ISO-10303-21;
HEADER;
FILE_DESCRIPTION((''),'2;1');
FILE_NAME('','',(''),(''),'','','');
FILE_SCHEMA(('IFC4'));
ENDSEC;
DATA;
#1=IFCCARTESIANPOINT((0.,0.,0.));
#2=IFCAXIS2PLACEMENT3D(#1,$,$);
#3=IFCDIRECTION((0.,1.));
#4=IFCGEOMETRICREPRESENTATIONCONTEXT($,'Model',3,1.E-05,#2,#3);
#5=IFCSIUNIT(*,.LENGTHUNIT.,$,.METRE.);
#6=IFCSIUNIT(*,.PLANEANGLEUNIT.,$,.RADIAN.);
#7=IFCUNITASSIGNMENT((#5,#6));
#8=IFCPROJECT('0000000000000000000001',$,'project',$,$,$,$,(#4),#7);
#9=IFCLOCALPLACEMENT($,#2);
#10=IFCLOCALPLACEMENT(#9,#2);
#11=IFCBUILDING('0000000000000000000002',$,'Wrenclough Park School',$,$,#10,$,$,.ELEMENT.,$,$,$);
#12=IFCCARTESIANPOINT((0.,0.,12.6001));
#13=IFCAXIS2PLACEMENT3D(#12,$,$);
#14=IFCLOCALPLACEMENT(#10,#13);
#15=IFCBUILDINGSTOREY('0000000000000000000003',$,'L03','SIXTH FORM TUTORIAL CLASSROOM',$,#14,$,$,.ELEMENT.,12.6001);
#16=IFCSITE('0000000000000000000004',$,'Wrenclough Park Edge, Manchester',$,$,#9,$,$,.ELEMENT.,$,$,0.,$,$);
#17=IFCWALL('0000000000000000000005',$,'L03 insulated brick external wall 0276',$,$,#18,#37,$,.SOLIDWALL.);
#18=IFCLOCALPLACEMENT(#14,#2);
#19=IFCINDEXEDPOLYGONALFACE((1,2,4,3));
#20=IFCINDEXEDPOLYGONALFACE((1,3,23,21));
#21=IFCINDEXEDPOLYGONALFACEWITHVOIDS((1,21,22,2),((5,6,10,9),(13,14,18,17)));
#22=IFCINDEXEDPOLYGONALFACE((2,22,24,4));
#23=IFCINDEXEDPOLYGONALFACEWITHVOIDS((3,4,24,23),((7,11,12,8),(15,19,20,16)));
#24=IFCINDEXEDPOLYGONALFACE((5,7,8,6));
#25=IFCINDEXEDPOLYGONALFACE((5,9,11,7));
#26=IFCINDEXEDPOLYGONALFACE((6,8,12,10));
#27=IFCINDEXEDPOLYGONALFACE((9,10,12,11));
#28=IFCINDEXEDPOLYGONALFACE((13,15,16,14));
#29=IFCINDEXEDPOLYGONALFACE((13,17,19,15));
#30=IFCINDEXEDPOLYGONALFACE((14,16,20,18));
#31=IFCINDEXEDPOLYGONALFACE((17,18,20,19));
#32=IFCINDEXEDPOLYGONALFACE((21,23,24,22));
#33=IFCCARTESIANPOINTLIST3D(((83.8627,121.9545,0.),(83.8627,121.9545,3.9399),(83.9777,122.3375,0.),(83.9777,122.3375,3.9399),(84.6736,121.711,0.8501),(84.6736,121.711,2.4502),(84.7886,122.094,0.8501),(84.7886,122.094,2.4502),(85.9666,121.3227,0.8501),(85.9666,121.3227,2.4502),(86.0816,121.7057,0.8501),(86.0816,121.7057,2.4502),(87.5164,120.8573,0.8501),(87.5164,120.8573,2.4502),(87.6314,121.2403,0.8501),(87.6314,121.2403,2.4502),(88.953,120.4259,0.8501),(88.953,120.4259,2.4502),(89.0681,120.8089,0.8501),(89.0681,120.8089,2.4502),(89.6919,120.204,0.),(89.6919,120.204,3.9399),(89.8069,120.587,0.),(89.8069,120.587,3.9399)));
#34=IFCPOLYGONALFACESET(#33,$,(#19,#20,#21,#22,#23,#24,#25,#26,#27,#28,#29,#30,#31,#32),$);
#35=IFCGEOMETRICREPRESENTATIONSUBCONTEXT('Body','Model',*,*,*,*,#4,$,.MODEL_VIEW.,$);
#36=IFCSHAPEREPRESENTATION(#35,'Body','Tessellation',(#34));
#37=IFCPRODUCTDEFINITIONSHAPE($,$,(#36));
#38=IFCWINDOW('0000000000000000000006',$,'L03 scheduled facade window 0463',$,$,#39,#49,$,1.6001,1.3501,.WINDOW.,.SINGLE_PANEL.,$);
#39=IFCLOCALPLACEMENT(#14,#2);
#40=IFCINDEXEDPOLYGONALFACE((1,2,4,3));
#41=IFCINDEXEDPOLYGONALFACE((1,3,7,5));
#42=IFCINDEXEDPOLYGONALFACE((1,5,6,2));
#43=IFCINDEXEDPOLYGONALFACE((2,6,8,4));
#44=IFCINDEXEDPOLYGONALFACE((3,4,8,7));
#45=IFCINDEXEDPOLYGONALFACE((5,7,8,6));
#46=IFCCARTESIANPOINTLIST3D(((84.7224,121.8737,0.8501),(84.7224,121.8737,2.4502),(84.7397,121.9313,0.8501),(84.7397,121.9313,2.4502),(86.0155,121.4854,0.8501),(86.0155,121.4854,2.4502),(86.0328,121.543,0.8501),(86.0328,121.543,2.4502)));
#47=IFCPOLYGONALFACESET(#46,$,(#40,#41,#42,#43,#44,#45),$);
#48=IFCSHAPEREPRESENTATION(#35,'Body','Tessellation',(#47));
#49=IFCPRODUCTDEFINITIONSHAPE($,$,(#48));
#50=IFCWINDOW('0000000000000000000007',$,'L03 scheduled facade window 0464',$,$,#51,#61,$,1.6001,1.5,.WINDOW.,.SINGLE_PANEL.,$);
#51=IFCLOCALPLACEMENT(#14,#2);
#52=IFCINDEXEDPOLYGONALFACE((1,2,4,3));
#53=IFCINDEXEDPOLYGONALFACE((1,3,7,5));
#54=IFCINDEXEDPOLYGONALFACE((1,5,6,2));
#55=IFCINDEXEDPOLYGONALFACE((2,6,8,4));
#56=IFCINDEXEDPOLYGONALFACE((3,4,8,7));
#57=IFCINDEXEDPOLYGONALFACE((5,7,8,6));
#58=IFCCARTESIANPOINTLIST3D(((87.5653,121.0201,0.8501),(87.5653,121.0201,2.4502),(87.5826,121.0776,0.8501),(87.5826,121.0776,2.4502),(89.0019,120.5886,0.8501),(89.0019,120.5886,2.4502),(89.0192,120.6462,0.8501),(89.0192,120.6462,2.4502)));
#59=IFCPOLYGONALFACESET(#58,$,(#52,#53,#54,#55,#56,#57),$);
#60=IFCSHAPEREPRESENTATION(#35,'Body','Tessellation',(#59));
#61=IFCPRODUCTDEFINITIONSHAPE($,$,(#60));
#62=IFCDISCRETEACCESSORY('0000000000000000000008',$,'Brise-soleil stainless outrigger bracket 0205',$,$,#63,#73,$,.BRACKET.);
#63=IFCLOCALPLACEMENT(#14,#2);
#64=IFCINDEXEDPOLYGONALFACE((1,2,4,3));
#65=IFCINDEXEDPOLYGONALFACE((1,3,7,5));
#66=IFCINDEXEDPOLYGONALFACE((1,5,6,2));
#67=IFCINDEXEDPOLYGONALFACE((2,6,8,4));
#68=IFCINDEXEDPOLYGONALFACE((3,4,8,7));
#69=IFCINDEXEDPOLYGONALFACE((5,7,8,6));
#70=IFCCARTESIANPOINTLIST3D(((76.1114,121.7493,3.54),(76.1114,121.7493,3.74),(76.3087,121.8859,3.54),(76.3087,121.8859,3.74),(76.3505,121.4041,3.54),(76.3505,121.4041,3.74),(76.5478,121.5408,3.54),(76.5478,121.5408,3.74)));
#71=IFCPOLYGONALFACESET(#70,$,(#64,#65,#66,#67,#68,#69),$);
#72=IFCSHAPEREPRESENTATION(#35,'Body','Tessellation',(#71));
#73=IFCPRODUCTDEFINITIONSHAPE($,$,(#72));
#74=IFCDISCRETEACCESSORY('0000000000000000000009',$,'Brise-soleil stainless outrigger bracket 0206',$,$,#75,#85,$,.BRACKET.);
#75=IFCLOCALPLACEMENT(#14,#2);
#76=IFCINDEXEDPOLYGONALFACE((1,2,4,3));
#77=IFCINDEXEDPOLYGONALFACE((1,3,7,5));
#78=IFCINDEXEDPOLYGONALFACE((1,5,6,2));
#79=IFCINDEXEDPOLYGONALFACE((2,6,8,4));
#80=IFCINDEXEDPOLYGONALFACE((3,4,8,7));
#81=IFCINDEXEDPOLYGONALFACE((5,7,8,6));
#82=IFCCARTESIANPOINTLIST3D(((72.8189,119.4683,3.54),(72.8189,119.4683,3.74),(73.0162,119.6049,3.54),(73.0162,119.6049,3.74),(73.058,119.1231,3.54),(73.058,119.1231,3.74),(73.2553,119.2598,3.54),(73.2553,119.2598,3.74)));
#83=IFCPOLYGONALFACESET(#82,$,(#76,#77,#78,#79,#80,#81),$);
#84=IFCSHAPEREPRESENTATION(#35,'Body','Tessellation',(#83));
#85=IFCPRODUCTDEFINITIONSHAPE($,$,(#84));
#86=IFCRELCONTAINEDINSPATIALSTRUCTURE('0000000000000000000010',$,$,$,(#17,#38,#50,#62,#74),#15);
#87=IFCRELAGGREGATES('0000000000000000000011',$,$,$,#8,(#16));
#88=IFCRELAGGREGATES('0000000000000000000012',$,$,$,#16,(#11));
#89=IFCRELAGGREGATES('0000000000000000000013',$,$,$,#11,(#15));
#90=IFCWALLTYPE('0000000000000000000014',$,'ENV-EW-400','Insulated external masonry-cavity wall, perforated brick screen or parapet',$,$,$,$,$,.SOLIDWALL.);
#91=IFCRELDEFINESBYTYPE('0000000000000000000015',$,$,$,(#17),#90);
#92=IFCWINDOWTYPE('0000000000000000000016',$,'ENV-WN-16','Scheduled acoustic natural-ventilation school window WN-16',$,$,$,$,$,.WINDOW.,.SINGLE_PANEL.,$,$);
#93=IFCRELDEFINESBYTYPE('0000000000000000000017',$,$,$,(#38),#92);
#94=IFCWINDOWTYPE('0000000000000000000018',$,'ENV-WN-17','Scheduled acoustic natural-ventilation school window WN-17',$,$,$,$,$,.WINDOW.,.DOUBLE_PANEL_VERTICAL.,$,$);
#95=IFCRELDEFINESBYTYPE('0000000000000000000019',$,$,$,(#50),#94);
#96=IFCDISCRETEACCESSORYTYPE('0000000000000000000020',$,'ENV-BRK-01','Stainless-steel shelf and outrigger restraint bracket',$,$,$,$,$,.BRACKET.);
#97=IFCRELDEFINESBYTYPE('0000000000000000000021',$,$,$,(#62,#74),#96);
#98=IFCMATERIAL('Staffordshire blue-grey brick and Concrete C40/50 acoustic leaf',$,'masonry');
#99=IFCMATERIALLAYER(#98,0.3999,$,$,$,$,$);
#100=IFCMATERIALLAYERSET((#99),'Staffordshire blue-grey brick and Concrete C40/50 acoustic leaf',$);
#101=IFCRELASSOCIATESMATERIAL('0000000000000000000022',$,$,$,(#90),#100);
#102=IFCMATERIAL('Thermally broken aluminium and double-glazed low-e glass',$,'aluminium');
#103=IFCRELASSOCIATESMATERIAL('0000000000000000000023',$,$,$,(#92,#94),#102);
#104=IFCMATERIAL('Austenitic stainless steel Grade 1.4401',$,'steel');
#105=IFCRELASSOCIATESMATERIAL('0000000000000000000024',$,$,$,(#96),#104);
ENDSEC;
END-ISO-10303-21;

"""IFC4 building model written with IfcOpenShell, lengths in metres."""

from ifc_helpers import new_model, si_unit, direction, frame, frame_2d, origin, origin_2d, place, context, subcontext, project, spatial, rectangle, extrude, material, layer, layer_set, type_object, element, fill, save


model = new_model("IFC4")

# Units and contexts
model_context = context("Model", 3, precision=1e-05, world=origin(), true_north=direction((0.0, 1.0)))
body_context = subcontext(model_context, "Body", "Model", "MODEL_VIEW")
ifc_project = project(units=[si_unit("LENGTHUNIT", "METRE"), si_unit("PLANEANGLEUNIT", "RADIAN")], contexts=[model_context])

# Site, building, storey
site_placement = place(None, origin())
site = spatial("IfcSite", under=ifc_project, at=site_placement, Name="Wrenclough Park Edge, Manchester", CompositionType="ELEMENT", RefElevation=0.0)
building_placement = place(site_placement, origin())
building = spatial("IfcBuilding", under=site, at=building_placement, Name="Wrenclough Park School", CompositionType="ELEMENT")
storey_placement = place(building_placement, frame((0.0, 0.0, 12.6001)))
storey = spatial("IfcBuildingStorey", under=building, at=storey_placement, Name="L03", Description="SIXTH FORM TUTORIAL CLASSROOM", CompositionType="ELEMENT", Elevation=12.6001)

# Wall, openings, windows
ifc_material_1 = material(Name="Thermally broken aluminium and double-glazed low-e glass", Category="aluminium")
ifc_material_2 = material(Name="Staffordshire blue-grey brick and Concrete C40/50 acoustic leaf", Category="masonry")
ifc_layer_1 = layer(ifc_material_2, 0.3999)
ifc_layer_set_1 = layer_set([ifc_layer_1], Name="Staffordshire blue-grey brick and Concrete C40/50 acoustic leaf")
wall_type_1 = type_object("IfcWallType", Name="ENV-EW-400", Description="Insulated external masonry-cavity wall, perforated brick screen or parapet", PredefinedType="SOLIDWALL", material=ifc_layer_set_1)
wall_1_placement = place(storey_placement, frame((83.9202, 122.146, 0.0), z_axis=(0.0, 0.0, 1.0), x_axis=(0.95775, -0.287602, 0.0)))
wall_1 = element("IfcWall", 1, at=wall_1_placement, inside=storey, type_object=wall_type_1, Name="L03 insulated brick external wall 0276", PredefinedType="SOLIDWALL", context=body_context, shape_type="SweptSolid", body=[
    extrude(rectangle(XDim=6.0864, YDim=0.3999, at=frame_2d((3.0432, 0.0))), origin(), (0.0, 0.0, 1.0), 3.9399),
])
opening_1_placement = place(wall_1_placement, frame((0.8467, 0.0, 0.8501)))
opening_1 = element("IfcOpeningElement", 2, at=opening_1_placement, cuts=wall_1, PredefinedType="OPENING", context=body_context, shape_type="SweptSolid", body=[
    extrude(rectangle(XDim=1.3501, YDim=1.6001, at=frame_2d((0.675, 0.8))), frame((0.0, 0.21, 0.0), z_axis=(0.0, -1.0, 0.0), x_axis=(1.0, 0.0, 0.0)), (0.0, 0.0, 1.0), 0.4199),
])
opening_2_placement = place(wall_1_placement, frame((3.8149, 0.0, 0.8501)))
opening_2 = element("IfcOpeningElement", 3, at=opening_2_placement, cuts=wall_1, PredefinedType="OPENING", context=body_context, shape_type="SweptSolid", body=[
    extrude(rectangle(XDim=1.5, YDim=1.6001, at=frame_2d((0.75, 0.8))), frame((0.0, 0.21, 0.0), z_axis=(0.0, -1.0, 0.0), x_axis=(1.0, 0.0, 0.0)), (0.0, 0.0, 1.0), 0.4199),
])
window_type_1 = type_object("IfcWindowType", Name="ENV-WN-16", Description="Scheduled acoustic natural-ventilation school window WN-16", PartitioningType="SINGLE_PANEL", PredefinedType="WINDOW", material=ifc_material_1)
window_1_placement = place(opening_1_placement, origin())
window_1 = element("IfcWindow", 4, at=window_1_placement, inside=storey, type_object=window_type_1, Name="L03 scheduled facade window 0463", OverallHeight=1.6001, OverallWidth=1.3501, PartitioningType="SINGLE_PANEL", PredefinedType="WINDOW", context=body_context, shape_type="SweptSolid", body=[
    extrude(rectangle(XDim=1.3501, YDim=1.6001, at=frame_2d((0.675, 0.8))), frame((0.0, 0.03, 0.0), z_axis=(0.0, -1.0, 0.0), x_axis=(1.0, 0.0, 0.0)), (0.0, 0.0, 1.0), 0.0601),
])
fill(opening_1, window_1)
window_type_2 = type_object("IfcWindowType", Name="ENV-WN-17", Description="Scheduled acoustic natural-ventilation school window WN-17", PartitioningType="DOUBLE_PANEL_VERTICAL", PredefinedType="WINDOW", material=ifc_material_1)
window_2_placement = place(opening_2_placement, origin())
window_2 = element("IfcWindow", 5, at=window_2_placement, inside=storey, type_object=window_type_2, Name="L03 scheduled facade window 0464", OverallHeight=1.6001, OverallWidth=1.5, PartitioningType="SINGLE_PANEL", PredefinedType="WINDOW", context=body_context, shape_type="SweptSolid", body=[
    extrude(rectangle(XDim=1.5, YDim=1.6001, at=frame_2d((0.75, 0.8))), frame((0.0, 0.03, 0.0), z_axis=(0.0, -1.0, 0.0), x_axis=(1.0, 0.0, 0.0)), (0.0, 0.0, 1.0), 0.0601),
])
fill(opening_2, window_2)

# Discrete accessories
ifc_material_3 = material(Name="Austenitic stainless steel Grade 1.4401", Category="steel")
discrete_accessory_type = type_object("IfcDiscreteAccessoryType", Name="ENV-BRK-01", Description="Stainless-steel shelf and outrigger restraint bracket", PredefinedType="BRACKET", material=ifc_material_3)
for number, where, z_axis, x_axis, name in (
    (6, (76.3296, 121.645, 3.54), (0.0, 0.0, 1.0), (-0.822008, -0.569476, 0.0), "Brise-soleil stainless outrigger bracket 0205"),
    (7, (73.0371, 119.364, 3.54), (0.0, 0.0, 1.0), (-0.822008, -0.569476, 0.0), "Brise-soleil stainless outrigger bracket 0206"),
):
    element("IfcDiscreteAccessory", number, at=place(storey_placement, frame(where, z_axis=z_axis, x_axis=x_axis)), inside=storey, type_object=discrete_accessory_type, Name=name, PredefinedType="BRACKET", context=body_context, shape_type="SweptSolid", body=[
        extrude(rectangle(XDim=0.24, YDim=0.4199, at=origin_2d()), origin(), (0.0, 0.0, 1.0), 0.2),
    ])

save(model, "model.ifc")
